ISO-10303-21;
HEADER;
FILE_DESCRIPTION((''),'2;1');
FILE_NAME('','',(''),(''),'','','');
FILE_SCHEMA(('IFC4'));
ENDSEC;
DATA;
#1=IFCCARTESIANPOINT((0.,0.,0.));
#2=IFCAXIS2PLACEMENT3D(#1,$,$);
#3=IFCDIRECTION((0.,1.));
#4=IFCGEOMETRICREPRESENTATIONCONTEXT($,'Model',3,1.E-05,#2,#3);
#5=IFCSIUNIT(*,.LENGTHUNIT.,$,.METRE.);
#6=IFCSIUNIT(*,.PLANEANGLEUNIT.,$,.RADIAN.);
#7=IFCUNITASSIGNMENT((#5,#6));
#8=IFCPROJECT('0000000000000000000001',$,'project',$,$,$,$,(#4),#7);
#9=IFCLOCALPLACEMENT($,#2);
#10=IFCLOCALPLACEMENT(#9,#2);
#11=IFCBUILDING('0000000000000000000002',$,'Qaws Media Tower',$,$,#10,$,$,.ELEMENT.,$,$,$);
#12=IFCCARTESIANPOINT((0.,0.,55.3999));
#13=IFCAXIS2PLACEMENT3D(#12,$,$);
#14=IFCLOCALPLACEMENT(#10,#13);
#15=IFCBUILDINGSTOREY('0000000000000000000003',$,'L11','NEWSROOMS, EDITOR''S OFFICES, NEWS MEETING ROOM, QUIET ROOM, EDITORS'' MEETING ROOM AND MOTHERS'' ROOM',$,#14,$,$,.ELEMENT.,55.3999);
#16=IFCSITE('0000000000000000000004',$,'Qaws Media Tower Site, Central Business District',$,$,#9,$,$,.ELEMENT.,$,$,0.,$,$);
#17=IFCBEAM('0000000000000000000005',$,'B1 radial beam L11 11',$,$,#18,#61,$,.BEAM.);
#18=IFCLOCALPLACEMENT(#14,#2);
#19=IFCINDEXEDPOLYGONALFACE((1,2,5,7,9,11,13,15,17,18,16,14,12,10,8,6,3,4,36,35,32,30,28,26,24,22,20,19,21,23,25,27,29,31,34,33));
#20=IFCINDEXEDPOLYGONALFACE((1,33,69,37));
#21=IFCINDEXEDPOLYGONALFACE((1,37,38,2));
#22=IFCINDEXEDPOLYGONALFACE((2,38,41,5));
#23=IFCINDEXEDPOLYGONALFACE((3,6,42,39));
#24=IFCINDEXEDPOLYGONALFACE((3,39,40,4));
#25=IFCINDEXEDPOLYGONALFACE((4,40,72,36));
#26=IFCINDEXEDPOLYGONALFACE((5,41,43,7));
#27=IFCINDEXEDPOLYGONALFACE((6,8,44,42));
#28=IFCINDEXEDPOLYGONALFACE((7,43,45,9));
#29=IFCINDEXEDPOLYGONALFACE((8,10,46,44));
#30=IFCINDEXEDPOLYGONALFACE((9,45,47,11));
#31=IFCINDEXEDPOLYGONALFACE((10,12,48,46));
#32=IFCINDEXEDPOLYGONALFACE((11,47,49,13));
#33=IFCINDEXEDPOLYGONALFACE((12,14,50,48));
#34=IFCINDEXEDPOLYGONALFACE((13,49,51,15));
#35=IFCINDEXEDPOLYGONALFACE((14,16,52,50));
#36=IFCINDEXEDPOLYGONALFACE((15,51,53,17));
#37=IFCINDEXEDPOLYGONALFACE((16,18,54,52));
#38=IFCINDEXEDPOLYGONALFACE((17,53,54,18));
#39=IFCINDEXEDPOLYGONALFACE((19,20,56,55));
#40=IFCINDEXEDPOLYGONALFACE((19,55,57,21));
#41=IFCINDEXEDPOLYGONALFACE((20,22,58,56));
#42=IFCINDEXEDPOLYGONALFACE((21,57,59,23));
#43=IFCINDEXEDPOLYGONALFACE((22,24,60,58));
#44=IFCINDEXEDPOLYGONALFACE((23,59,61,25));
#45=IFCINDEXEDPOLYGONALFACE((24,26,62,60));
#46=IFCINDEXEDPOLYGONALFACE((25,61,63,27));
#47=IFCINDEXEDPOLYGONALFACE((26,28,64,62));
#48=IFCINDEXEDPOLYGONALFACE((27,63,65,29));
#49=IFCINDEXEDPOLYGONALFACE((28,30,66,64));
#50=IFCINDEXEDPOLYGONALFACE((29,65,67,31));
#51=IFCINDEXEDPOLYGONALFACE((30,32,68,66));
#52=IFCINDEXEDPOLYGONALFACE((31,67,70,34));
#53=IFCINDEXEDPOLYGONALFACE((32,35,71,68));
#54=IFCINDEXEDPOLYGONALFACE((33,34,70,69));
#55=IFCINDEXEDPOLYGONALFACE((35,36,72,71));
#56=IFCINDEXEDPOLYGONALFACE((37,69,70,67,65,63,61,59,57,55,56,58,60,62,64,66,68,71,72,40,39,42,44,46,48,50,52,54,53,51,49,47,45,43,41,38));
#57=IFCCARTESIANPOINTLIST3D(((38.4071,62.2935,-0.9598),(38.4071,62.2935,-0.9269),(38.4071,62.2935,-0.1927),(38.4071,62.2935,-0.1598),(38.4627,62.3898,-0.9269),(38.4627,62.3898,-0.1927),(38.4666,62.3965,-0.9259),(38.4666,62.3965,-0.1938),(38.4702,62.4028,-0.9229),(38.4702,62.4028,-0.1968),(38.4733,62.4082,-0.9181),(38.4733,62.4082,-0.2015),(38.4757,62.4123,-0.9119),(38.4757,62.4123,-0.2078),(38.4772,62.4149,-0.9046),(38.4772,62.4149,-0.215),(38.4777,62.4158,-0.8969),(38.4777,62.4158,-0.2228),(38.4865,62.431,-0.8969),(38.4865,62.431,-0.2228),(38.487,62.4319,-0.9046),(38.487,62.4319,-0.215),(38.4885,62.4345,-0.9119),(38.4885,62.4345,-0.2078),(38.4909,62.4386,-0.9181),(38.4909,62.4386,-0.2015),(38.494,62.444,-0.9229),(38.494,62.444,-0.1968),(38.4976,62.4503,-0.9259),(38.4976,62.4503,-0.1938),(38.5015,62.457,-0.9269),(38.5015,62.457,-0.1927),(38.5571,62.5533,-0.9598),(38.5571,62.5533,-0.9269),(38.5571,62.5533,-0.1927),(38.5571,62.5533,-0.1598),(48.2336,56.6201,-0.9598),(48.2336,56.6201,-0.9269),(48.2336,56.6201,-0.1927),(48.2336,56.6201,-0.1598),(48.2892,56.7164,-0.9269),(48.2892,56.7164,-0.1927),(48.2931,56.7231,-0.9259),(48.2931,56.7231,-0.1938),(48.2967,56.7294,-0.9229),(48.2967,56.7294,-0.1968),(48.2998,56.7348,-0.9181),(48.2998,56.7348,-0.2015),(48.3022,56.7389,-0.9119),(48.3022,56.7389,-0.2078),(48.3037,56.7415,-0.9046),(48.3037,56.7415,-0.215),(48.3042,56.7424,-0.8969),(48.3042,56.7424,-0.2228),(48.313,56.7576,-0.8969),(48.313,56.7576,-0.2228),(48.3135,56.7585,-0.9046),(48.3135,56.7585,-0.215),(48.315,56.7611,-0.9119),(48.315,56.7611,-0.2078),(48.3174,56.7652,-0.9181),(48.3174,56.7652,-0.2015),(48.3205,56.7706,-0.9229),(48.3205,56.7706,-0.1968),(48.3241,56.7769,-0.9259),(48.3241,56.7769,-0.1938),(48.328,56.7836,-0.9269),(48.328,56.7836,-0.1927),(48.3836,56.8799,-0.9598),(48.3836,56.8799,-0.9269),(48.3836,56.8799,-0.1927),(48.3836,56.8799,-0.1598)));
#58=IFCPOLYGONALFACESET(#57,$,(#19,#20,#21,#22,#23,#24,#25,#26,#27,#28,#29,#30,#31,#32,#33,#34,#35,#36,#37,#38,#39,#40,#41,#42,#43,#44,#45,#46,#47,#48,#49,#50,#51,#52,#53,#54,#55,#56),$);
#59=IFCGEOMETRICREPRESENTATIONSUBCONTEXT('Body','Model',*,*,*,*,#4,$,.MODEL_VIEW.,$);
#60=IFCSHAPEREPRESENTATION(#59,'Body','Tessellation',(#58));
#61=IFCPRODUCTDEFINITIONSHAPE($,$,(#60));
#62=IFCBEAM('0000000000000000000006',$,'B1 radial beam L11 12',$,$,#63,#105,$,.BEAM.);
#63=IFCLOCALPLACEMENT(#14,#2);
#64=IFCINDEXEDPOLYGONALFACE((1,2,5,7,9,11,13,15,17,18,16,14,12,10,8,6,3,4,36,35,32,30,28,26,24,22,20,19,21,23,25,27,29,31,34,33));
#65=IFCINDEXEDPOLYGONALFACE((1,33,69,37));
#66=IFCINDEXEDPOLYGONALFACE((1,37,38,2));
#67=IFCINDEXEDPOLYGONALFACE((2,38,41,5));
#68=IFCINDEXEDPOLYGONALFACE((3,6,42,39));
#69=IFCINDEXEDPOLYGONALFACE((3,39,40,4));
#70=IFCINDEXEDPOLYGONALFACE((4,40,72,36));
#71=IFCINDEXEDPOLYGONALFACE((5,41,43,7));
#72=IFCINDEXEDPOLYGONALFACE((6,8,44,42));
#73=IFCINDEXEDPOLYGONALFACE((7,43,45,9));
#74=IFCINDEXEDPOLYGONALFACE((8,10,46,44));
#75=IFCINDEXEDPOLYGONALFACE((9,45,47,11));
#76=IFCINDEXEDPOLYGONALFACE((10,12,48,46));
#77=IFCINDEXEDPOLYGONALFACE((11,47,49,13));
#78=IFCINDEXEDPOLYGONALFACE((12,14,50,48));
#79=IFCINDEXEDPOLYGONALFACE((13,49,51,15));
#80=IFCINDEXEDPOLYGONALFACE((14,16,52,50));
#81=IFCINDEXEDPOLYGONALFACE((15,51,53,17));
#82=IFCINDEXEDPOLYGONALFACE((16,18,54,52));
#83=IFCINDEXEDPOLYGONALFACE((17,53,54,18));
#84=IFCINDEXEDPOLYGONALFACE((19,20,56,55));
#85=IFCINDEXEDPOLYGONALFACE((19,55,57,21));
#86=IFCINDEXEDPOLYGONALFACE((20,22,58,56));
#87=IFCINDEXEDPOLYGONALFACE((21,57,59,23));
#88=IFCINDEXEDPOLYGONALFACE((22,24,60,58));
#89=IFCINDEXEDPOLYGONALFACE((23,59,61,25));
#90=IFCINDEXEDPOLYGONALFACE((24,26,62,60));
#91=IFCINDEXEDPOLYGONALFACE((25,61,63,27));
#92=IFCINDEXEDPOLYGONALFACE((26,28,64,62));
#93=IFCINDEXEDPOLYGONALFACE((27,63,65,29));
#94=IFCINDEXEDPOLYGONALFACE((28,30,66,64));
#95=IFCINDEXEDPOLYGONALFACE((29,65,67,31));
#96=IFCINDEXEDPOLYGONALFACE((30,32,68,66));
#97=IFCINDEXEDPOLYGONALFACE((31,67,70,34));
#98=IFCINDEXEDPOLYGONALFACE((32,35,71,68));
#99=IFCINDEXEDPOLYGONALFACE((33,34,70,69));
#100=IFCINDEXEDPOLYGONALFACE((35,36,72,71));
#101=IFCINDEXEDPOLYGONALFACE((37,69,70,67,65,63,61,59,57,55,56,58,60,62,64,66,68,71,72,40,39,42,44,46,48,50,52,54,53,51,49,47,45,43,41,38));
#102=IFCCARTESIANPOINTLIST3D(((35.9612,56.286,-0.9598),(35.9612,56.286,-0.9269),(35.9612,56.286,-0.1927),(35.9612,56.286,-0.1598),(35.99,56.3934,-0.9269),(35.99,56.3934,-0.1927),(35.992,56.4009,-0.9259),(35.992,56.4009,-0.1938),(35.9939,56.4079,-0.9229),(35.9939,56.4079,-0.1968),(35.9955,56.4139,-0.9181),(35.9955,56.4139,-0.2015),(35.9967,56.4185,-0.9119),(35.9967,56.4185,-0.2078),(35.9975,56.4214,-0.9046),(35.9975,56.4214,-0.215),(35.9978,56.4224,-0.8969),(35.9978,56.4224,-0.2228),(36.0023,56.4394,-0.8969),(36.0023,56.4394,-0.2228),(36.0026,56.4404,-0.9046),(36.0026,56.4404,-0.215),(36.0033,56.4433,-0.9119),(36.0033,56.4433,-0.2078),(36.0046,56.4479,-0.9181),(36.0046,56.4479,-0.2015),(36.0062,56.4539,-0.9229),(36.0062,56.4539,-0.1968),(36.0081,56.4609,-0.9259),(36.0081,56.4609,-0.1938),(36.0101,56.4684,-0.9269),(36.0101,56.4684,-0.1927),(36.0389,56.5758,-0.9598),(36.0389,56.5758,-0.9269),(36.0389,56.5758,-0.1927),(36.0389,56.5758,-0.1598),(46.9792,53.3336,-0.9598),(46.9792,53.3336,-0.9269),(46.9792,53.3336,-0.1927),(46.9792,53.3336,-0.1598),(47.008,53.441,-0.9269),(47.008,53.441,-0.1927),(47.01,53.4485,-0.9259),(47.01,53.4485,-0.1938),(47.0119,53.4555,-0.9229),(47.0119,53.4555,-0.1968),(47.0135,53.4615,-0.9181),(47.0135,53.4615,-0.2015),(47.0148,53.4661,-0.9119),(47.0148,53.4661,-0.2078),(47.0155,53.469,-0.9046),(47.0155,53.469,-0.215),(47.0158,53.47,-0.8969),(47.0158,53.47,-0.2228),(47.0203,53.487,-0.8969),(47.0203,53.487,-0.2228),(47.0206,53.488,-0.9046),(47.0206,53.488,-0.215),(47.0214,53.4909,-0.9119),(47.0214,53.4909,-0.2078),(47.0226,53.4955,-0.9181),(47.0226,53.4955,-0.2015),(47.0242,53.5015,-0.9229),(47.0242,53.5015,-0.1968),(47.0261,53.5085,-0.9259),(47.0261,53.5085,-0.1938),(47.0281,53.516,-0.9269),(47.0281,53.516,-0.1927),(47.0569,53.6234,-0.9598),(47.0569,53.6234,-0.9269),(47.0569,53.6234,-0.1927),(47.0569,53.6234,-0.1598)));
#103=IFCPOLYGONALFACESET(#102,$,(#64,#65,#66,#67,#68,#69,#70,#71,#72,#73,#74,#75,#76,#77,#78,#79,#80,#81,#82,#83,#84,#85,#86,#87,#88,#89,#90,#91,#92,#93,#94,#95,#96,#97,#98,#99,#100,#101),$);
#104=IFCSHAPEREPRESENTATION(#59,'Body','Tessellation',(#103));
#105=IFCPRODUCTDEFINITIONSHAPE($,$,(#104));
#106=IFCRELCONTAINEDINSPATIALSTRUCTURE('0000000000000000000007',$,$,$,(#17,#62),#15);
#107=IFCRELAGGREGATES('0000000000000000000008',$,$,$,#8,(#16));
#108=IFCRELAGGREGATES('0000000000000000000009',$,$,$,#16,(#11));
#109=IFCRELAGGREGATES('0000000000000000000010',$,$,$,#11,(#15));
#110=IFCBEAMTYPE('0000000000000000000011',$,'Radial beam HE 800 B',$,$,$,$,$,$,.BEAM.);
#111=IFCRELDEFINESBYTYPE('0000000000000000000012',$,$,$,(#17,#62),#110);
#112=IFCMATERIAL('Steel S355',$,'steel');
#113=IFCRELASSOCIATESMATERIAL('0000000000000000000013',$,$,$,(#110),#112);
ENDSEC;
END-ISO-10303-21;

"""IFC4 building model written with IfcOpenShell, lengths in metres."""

from ifc_helpers import new_model, si_unit, direction, frame, origin, origin_2d, place, context, subcontext, project, spatial, i_section, extrude, material, material_profile, profile_set, type_object, element, save


model = new_model("IFC4")

# Units and contexts
model_context = context("Model", 3, precision=1e-05, world=origin(), true_north=direction((0.0, 1.0)))
body_context = subcontext(model_context, "Body", "Model", "MODEL_VIEW")
ifc_project = project(units=[si_unit("LENGTHUNIT", "METRE"), si_unit("PLANEANGLEUNIT", "RADIAN")], contexts=[model_context])

# Site, building, storey
site_placement = place(None, origin())
site = spatial("IfcSite", under=ifc_project, at=site_placement, Name="Qaws Media Tower Site, Central Business District", CompositionType="ELEMENT", RefElevation=0.0)
building_placement = place(site_placement, origin())
building = spatial("IfcBuilding", under=site, at=building_placement, Name="Qaws Media Tower", CompositionType="ELEMENT")
storey_placement = place(building_placement, frame((0.0, 0.0, 55.3999)))
storey = spatial("IfcBuildingStorey", under=building, at=storey_placement, Name="L11", Description="NEWSROOMS, EDITOR'S OFFICES, NEWS MEETING ROOM, QUIET ROOM, EDITORS' MEETING ROOM AND MOTHERS' ROOM", CompositionType="ELEMENT", Elevation=55.3999)

# Beams
ifc_material_1 = material(Name="Steel S355", Category="steel")
ifc_material_profile_1 = material_profile(ifc_material_1, i_section(OverallWidth=0.3, OverallDepth=0.8, WebThickness=0.0176, FlangeThickness=0.033, FilletRadius=0.03, at=origin_2d()), Name="HE 800 B")
ifc_profile_set_1 = profile_set([ifc_material_profile_1], Name="Steel S355")
beam_type_1 = type_object("IfcBeamType", Name="Radial beam HE 800 B", PredefinedType="BEAM", material=ifc_profile_set_1)
beam_1_placement = place(storey_placement, frame((48.3086, 56.75, -0.5598), z_axis=(-0.866023, 0.500004, 0.0), x_axis=(-0.500004, -0.866023, 0.0)))
element("IfcBeam", 1, at=beam_1_placement, inside=storey, type_object=beam_type_1, Name="B1 radial beam L11 11", PredefinedType="BEAM", context=body_context, shape_type="SweptSolid", body=[
    extrude(i_section(OverallWidth=0.3, OverallDepth=0.8, WebThickness=0.0176, FlangeThickness=0.033, FilletRadius=0.03, at=origin_2d()), origin(), (0.0, 0.0, 1.0), 11.3467),
])
beam_2_placement = place(storey_placement, frame((47.0181, 53.4785, -0.5598), z_axis=(-0.965923, 0.258828, 0.0), x_axis=(-0.258828, -0.965923, 0.0)))
element("IfcBeam", 2, at=beam_2_placement, inside=storey, type_object=beam_type_1, Name="B1 radial beam L11 12", PredefinedType="BEAM", context=body_context, shape_type="SweptSolid", body=[
    extrude(i_section(OverallWidth=0.3, OverallDepth=0.8, WebThickness=0.0176, FlangeThickness=0.033, FilletRadius=0.03, at=origin_2d()), origin(), (0.0, 0.0, 1.0), 11.4067),
])

save(model, "model.ifc")
